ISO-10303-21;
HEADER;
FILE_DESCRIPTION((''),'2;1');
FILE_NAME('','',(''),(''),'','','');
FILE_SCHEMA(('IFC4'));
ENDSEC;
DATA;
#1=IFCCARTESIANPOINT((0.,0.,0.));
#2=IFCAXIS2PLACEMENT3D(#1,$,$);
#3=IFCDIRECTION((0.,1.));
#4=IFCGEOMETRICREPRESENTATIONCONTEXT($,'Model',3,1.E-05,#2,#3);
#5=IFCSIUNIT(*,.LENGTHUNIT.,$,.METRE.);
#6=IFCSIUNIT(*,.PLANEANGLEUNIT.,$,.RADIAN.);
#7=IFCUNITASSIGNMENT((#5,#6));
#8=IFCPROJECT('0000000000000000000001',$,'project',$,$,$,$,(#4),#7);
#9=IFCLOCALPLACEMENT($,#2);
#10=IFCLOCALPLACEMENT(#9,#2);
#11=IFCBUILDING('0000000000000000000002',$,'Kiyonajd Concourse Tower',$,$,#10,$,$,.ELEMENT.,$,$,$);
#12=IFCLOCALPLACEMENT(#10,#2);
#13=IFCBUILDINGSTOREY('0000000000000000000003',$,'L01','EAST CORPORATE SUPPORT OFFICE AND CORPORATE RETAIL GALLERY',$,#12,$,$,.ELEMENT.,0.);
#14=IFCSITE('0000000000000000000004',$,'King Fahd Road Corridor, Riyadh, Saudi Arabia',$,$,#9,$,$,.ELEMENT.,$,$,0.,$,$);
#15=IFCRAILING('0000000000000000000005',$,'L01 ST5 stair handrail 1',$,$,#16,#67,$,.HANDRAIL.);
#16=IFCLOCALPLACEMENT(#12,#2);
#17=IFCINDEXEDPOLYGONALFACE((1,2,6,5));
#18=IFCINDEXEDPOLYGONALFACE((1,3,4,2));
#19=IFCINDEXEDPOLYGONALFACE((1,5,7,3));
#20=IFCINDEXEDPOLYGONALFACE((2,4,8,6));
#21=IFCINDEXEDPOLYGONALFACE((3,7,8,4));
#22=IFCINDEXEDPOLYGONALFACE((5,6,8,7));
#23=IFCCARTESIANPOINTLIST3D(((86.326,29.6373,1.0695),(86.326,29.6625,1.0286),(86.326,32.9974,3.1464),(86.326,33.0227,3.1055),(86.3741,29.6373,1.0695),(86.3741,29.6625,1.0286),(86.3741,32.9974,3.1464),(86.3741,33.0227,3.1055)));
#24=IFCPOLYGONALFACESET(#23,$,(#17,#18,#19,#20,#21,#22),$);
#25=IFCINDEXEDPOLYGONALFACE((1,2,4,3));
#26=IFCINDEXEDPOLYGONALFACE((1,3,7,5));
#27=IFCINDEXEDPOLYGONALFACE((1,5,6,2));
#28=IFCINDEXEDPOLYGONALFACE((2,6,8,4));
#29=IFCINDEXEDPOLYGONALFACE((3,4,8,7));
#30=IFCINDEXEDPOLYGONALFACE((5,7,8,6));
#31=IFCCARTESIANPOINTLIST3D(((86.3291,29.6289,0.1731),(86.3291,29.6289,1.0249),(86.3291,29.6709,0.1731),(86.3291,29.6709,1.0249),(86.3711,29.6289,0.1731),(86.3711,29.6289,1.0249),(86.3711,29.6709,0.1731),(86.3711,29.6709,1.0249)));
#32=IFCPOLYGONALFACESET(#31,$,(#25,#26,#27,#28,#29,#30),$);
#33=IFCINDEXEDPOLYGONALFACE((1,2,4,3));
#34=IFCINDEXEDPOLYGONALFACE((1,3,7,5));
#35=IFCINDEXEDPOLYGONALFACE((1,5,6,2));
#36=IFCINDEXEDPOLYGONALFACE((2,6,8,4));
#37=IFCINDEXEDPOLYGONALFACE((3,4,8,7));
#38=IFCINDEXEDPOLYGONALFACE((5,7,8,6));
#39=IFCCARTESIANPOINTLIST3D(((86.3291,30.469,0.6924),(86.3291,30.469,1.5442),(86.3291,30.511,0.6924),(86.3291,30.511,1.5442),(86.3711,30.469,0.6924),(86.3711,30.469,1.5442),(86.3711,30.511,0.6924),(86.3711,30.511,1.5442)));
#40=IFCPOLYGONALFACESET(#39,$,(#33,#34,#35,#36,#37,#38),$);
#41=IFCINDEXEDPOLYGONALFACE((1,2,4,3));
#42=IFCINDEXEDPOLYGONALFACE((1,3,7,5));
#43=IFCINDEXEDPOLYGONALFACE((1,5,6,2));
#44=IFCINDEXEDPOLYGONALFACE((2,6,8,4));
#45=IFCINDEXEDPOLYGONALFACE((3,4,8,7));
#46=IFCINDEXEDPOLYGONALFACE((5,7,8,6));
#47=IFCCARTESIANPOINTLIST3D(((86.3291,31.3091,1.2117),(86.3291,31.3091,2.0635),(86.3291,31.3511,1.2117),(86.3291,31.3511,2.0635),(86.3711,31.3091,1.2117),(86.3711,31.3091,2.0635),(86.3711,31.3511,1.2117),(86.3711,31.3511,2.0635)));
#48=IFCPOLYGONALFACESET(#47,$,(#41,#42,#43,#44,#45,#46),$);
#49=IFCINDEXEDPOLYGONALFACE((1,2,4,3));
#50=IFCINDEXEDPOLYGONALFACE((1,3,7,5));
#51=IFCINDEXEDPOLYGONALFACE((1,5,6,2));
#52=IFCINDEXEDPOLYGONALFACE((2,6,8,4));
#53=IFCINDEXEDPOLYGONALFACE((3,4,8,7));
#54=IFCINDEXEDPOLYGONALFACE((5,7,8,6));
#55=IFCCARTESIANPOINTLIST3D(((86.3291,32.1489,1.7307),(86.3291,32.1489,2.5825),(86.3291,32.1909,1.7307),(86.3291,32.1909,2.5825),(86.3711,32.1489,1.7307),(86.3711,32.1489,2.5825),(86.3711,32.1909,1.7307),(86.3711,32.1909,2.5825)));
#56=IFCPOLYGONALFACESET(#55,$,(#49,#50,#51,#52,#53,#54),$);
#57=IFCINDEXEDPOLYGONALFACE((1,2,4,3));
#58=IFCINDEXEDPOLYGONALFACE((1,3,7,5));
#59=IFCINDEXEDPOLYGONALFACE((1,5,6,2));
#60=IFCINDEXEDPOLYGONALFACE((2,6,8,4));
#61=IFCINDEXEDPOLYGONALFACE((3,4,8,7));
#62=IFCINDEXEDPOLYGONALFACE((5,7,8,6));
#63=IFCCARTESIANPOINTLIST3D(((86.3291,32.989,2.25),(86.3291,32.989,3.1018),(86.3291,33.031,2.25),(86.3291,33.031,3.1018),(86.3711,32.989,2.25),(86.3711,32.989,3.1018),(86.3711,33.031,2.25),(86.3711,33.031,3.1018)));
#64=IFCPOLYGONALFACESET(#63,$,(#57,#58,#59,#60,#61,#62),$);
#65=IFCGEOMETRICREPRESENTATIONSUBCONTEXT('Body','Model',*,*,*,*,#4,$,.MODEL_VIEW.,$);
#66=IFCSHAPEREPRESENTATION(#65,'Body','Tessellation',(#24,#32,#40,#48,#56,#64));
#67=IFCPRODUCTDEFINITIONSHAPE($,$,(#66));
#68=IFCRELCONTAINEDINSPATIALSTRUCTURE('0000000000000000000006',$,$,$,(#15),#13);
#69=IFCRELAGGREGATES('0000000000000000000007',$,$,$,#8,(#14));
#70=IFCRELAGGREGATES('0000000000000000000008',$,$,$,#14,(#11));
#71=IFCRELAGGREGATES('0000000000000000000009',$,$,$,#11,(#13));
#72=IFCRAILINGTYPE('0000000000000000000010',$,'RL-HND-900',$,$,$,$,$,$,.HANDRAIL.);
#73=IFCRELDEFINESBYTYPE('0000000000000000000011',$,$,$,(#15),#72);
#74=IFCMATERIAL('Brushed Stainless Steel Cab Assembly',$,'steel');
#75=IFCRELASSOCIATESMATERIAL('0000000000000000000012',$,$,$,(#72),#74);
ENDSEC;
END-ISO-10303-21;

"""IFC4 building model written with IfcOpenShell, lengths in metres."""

from ifc_helpers import new_model, si_unit, direction, frame, origin, origin_2d, place, context, subcontext, project, spatial, rectangle, extrude, material, type_object, element, save


model = new_model("IFC4")

# Units and contexts
model_context = context("Model", 3, precision=1e-05, world=origin(), true_north=direction((0.0, 1.0)))
body_context = subcontext(model_context, "Body", "Model", "MODEL_VIEW")
ifc_project = project(units=[si_unit("LENGTHUNIT", "METRE"), si_unit("PLANEANGLEUNIT", "RADIAN")], contexts=[model_context])

# Site, building, storey
site_placement = place(None, origin())
site = spatial("IfcSite", under=ifc_project, at=site_placement, Name="King Fahd Road Corridor, Riyadh, Saudi Arabia", CompositionType="ELEMENT", RefElevation=0.0)
building_placement = place(site_placement, origin())
building = spatial("IfcBuilding", under=site, at=building_placement, Name="Kiyonajd Concourse Tower", CompositionType="ELEMENT")
storey_placement = place(building_placement, origin())
storey = spatial("IfcBuildingStorey", under=building, at=storey_placement, Name="L01", Description="EAST CORPORATE SUPPORT OFFICE AND CORPORATE RETAIL GALLERY", CompositionType="ELEMENT", Elevation=0.0)

# Shared definitions
ifc_material_1 = material(Name="Brushed Stainless Steel Cab Assembly", Category="steel")

# Railing
railing_type_1 = type_object("IfcRailingType", Name="RL-HND-900", PredefinedType="HANDRAIL", material=ifc_material_1)
railing_1_placement = place(storey_placement, frame((86.3501, 29.6499, 0.1731)))
element("IfcRailing", 1, at=railing_1_placement, inside=storey, type_object=railing_type_1, Name="L01 ST5 stair handrail 1", PredefinedType="HANDRAIL", context=body_context, shape_type="SweptSolid", body=[
    extrude(rectangle(XDim=0.0481, YDim=0.0481, at=origin_2d()), frame((0.0, 0.0, 0.876), z_axis=(0.0, 0.850623, 0.525776), x_axis=(-1.0, 0.0, 0.0)), (0.0, 0.0, 1.0), 3.9502),
    extrude(rectangle(XDim=0.042, YDim=0.042, at=origin_2d()), origin(), (0.0, 0.0, 1.0), 0.8518),
    extrude(rectangle(XDim=0.042, YDim=0.042, at=origin_2d()), frame((0.0, 0.8401, 0.5193)), (0.0, 0.0, 1.0), 0.8518),
    extrude(rectangle(XDim=0.042, YDim=0.042, at=origin_2d()), frame((0.0, 1.6802, 1.0386)), (0.0, 0.0, 1.0), 0.8518),
    extrude(rectangle(XDim=0.042, YDim=0.042, at=origin_2d()), frame((0.0, 2.52, 1.5576)), (0.0, 0.0, 1.0), 0.8518),
    extrude(rectangle(XDim=0.042, YDim=0.042, at=origin_2d()), frame((0.0, 3.3601, 2.0769)), (0.0, 0.0, 1.0), 0.8518),
])

save(model, "model.ifc")
